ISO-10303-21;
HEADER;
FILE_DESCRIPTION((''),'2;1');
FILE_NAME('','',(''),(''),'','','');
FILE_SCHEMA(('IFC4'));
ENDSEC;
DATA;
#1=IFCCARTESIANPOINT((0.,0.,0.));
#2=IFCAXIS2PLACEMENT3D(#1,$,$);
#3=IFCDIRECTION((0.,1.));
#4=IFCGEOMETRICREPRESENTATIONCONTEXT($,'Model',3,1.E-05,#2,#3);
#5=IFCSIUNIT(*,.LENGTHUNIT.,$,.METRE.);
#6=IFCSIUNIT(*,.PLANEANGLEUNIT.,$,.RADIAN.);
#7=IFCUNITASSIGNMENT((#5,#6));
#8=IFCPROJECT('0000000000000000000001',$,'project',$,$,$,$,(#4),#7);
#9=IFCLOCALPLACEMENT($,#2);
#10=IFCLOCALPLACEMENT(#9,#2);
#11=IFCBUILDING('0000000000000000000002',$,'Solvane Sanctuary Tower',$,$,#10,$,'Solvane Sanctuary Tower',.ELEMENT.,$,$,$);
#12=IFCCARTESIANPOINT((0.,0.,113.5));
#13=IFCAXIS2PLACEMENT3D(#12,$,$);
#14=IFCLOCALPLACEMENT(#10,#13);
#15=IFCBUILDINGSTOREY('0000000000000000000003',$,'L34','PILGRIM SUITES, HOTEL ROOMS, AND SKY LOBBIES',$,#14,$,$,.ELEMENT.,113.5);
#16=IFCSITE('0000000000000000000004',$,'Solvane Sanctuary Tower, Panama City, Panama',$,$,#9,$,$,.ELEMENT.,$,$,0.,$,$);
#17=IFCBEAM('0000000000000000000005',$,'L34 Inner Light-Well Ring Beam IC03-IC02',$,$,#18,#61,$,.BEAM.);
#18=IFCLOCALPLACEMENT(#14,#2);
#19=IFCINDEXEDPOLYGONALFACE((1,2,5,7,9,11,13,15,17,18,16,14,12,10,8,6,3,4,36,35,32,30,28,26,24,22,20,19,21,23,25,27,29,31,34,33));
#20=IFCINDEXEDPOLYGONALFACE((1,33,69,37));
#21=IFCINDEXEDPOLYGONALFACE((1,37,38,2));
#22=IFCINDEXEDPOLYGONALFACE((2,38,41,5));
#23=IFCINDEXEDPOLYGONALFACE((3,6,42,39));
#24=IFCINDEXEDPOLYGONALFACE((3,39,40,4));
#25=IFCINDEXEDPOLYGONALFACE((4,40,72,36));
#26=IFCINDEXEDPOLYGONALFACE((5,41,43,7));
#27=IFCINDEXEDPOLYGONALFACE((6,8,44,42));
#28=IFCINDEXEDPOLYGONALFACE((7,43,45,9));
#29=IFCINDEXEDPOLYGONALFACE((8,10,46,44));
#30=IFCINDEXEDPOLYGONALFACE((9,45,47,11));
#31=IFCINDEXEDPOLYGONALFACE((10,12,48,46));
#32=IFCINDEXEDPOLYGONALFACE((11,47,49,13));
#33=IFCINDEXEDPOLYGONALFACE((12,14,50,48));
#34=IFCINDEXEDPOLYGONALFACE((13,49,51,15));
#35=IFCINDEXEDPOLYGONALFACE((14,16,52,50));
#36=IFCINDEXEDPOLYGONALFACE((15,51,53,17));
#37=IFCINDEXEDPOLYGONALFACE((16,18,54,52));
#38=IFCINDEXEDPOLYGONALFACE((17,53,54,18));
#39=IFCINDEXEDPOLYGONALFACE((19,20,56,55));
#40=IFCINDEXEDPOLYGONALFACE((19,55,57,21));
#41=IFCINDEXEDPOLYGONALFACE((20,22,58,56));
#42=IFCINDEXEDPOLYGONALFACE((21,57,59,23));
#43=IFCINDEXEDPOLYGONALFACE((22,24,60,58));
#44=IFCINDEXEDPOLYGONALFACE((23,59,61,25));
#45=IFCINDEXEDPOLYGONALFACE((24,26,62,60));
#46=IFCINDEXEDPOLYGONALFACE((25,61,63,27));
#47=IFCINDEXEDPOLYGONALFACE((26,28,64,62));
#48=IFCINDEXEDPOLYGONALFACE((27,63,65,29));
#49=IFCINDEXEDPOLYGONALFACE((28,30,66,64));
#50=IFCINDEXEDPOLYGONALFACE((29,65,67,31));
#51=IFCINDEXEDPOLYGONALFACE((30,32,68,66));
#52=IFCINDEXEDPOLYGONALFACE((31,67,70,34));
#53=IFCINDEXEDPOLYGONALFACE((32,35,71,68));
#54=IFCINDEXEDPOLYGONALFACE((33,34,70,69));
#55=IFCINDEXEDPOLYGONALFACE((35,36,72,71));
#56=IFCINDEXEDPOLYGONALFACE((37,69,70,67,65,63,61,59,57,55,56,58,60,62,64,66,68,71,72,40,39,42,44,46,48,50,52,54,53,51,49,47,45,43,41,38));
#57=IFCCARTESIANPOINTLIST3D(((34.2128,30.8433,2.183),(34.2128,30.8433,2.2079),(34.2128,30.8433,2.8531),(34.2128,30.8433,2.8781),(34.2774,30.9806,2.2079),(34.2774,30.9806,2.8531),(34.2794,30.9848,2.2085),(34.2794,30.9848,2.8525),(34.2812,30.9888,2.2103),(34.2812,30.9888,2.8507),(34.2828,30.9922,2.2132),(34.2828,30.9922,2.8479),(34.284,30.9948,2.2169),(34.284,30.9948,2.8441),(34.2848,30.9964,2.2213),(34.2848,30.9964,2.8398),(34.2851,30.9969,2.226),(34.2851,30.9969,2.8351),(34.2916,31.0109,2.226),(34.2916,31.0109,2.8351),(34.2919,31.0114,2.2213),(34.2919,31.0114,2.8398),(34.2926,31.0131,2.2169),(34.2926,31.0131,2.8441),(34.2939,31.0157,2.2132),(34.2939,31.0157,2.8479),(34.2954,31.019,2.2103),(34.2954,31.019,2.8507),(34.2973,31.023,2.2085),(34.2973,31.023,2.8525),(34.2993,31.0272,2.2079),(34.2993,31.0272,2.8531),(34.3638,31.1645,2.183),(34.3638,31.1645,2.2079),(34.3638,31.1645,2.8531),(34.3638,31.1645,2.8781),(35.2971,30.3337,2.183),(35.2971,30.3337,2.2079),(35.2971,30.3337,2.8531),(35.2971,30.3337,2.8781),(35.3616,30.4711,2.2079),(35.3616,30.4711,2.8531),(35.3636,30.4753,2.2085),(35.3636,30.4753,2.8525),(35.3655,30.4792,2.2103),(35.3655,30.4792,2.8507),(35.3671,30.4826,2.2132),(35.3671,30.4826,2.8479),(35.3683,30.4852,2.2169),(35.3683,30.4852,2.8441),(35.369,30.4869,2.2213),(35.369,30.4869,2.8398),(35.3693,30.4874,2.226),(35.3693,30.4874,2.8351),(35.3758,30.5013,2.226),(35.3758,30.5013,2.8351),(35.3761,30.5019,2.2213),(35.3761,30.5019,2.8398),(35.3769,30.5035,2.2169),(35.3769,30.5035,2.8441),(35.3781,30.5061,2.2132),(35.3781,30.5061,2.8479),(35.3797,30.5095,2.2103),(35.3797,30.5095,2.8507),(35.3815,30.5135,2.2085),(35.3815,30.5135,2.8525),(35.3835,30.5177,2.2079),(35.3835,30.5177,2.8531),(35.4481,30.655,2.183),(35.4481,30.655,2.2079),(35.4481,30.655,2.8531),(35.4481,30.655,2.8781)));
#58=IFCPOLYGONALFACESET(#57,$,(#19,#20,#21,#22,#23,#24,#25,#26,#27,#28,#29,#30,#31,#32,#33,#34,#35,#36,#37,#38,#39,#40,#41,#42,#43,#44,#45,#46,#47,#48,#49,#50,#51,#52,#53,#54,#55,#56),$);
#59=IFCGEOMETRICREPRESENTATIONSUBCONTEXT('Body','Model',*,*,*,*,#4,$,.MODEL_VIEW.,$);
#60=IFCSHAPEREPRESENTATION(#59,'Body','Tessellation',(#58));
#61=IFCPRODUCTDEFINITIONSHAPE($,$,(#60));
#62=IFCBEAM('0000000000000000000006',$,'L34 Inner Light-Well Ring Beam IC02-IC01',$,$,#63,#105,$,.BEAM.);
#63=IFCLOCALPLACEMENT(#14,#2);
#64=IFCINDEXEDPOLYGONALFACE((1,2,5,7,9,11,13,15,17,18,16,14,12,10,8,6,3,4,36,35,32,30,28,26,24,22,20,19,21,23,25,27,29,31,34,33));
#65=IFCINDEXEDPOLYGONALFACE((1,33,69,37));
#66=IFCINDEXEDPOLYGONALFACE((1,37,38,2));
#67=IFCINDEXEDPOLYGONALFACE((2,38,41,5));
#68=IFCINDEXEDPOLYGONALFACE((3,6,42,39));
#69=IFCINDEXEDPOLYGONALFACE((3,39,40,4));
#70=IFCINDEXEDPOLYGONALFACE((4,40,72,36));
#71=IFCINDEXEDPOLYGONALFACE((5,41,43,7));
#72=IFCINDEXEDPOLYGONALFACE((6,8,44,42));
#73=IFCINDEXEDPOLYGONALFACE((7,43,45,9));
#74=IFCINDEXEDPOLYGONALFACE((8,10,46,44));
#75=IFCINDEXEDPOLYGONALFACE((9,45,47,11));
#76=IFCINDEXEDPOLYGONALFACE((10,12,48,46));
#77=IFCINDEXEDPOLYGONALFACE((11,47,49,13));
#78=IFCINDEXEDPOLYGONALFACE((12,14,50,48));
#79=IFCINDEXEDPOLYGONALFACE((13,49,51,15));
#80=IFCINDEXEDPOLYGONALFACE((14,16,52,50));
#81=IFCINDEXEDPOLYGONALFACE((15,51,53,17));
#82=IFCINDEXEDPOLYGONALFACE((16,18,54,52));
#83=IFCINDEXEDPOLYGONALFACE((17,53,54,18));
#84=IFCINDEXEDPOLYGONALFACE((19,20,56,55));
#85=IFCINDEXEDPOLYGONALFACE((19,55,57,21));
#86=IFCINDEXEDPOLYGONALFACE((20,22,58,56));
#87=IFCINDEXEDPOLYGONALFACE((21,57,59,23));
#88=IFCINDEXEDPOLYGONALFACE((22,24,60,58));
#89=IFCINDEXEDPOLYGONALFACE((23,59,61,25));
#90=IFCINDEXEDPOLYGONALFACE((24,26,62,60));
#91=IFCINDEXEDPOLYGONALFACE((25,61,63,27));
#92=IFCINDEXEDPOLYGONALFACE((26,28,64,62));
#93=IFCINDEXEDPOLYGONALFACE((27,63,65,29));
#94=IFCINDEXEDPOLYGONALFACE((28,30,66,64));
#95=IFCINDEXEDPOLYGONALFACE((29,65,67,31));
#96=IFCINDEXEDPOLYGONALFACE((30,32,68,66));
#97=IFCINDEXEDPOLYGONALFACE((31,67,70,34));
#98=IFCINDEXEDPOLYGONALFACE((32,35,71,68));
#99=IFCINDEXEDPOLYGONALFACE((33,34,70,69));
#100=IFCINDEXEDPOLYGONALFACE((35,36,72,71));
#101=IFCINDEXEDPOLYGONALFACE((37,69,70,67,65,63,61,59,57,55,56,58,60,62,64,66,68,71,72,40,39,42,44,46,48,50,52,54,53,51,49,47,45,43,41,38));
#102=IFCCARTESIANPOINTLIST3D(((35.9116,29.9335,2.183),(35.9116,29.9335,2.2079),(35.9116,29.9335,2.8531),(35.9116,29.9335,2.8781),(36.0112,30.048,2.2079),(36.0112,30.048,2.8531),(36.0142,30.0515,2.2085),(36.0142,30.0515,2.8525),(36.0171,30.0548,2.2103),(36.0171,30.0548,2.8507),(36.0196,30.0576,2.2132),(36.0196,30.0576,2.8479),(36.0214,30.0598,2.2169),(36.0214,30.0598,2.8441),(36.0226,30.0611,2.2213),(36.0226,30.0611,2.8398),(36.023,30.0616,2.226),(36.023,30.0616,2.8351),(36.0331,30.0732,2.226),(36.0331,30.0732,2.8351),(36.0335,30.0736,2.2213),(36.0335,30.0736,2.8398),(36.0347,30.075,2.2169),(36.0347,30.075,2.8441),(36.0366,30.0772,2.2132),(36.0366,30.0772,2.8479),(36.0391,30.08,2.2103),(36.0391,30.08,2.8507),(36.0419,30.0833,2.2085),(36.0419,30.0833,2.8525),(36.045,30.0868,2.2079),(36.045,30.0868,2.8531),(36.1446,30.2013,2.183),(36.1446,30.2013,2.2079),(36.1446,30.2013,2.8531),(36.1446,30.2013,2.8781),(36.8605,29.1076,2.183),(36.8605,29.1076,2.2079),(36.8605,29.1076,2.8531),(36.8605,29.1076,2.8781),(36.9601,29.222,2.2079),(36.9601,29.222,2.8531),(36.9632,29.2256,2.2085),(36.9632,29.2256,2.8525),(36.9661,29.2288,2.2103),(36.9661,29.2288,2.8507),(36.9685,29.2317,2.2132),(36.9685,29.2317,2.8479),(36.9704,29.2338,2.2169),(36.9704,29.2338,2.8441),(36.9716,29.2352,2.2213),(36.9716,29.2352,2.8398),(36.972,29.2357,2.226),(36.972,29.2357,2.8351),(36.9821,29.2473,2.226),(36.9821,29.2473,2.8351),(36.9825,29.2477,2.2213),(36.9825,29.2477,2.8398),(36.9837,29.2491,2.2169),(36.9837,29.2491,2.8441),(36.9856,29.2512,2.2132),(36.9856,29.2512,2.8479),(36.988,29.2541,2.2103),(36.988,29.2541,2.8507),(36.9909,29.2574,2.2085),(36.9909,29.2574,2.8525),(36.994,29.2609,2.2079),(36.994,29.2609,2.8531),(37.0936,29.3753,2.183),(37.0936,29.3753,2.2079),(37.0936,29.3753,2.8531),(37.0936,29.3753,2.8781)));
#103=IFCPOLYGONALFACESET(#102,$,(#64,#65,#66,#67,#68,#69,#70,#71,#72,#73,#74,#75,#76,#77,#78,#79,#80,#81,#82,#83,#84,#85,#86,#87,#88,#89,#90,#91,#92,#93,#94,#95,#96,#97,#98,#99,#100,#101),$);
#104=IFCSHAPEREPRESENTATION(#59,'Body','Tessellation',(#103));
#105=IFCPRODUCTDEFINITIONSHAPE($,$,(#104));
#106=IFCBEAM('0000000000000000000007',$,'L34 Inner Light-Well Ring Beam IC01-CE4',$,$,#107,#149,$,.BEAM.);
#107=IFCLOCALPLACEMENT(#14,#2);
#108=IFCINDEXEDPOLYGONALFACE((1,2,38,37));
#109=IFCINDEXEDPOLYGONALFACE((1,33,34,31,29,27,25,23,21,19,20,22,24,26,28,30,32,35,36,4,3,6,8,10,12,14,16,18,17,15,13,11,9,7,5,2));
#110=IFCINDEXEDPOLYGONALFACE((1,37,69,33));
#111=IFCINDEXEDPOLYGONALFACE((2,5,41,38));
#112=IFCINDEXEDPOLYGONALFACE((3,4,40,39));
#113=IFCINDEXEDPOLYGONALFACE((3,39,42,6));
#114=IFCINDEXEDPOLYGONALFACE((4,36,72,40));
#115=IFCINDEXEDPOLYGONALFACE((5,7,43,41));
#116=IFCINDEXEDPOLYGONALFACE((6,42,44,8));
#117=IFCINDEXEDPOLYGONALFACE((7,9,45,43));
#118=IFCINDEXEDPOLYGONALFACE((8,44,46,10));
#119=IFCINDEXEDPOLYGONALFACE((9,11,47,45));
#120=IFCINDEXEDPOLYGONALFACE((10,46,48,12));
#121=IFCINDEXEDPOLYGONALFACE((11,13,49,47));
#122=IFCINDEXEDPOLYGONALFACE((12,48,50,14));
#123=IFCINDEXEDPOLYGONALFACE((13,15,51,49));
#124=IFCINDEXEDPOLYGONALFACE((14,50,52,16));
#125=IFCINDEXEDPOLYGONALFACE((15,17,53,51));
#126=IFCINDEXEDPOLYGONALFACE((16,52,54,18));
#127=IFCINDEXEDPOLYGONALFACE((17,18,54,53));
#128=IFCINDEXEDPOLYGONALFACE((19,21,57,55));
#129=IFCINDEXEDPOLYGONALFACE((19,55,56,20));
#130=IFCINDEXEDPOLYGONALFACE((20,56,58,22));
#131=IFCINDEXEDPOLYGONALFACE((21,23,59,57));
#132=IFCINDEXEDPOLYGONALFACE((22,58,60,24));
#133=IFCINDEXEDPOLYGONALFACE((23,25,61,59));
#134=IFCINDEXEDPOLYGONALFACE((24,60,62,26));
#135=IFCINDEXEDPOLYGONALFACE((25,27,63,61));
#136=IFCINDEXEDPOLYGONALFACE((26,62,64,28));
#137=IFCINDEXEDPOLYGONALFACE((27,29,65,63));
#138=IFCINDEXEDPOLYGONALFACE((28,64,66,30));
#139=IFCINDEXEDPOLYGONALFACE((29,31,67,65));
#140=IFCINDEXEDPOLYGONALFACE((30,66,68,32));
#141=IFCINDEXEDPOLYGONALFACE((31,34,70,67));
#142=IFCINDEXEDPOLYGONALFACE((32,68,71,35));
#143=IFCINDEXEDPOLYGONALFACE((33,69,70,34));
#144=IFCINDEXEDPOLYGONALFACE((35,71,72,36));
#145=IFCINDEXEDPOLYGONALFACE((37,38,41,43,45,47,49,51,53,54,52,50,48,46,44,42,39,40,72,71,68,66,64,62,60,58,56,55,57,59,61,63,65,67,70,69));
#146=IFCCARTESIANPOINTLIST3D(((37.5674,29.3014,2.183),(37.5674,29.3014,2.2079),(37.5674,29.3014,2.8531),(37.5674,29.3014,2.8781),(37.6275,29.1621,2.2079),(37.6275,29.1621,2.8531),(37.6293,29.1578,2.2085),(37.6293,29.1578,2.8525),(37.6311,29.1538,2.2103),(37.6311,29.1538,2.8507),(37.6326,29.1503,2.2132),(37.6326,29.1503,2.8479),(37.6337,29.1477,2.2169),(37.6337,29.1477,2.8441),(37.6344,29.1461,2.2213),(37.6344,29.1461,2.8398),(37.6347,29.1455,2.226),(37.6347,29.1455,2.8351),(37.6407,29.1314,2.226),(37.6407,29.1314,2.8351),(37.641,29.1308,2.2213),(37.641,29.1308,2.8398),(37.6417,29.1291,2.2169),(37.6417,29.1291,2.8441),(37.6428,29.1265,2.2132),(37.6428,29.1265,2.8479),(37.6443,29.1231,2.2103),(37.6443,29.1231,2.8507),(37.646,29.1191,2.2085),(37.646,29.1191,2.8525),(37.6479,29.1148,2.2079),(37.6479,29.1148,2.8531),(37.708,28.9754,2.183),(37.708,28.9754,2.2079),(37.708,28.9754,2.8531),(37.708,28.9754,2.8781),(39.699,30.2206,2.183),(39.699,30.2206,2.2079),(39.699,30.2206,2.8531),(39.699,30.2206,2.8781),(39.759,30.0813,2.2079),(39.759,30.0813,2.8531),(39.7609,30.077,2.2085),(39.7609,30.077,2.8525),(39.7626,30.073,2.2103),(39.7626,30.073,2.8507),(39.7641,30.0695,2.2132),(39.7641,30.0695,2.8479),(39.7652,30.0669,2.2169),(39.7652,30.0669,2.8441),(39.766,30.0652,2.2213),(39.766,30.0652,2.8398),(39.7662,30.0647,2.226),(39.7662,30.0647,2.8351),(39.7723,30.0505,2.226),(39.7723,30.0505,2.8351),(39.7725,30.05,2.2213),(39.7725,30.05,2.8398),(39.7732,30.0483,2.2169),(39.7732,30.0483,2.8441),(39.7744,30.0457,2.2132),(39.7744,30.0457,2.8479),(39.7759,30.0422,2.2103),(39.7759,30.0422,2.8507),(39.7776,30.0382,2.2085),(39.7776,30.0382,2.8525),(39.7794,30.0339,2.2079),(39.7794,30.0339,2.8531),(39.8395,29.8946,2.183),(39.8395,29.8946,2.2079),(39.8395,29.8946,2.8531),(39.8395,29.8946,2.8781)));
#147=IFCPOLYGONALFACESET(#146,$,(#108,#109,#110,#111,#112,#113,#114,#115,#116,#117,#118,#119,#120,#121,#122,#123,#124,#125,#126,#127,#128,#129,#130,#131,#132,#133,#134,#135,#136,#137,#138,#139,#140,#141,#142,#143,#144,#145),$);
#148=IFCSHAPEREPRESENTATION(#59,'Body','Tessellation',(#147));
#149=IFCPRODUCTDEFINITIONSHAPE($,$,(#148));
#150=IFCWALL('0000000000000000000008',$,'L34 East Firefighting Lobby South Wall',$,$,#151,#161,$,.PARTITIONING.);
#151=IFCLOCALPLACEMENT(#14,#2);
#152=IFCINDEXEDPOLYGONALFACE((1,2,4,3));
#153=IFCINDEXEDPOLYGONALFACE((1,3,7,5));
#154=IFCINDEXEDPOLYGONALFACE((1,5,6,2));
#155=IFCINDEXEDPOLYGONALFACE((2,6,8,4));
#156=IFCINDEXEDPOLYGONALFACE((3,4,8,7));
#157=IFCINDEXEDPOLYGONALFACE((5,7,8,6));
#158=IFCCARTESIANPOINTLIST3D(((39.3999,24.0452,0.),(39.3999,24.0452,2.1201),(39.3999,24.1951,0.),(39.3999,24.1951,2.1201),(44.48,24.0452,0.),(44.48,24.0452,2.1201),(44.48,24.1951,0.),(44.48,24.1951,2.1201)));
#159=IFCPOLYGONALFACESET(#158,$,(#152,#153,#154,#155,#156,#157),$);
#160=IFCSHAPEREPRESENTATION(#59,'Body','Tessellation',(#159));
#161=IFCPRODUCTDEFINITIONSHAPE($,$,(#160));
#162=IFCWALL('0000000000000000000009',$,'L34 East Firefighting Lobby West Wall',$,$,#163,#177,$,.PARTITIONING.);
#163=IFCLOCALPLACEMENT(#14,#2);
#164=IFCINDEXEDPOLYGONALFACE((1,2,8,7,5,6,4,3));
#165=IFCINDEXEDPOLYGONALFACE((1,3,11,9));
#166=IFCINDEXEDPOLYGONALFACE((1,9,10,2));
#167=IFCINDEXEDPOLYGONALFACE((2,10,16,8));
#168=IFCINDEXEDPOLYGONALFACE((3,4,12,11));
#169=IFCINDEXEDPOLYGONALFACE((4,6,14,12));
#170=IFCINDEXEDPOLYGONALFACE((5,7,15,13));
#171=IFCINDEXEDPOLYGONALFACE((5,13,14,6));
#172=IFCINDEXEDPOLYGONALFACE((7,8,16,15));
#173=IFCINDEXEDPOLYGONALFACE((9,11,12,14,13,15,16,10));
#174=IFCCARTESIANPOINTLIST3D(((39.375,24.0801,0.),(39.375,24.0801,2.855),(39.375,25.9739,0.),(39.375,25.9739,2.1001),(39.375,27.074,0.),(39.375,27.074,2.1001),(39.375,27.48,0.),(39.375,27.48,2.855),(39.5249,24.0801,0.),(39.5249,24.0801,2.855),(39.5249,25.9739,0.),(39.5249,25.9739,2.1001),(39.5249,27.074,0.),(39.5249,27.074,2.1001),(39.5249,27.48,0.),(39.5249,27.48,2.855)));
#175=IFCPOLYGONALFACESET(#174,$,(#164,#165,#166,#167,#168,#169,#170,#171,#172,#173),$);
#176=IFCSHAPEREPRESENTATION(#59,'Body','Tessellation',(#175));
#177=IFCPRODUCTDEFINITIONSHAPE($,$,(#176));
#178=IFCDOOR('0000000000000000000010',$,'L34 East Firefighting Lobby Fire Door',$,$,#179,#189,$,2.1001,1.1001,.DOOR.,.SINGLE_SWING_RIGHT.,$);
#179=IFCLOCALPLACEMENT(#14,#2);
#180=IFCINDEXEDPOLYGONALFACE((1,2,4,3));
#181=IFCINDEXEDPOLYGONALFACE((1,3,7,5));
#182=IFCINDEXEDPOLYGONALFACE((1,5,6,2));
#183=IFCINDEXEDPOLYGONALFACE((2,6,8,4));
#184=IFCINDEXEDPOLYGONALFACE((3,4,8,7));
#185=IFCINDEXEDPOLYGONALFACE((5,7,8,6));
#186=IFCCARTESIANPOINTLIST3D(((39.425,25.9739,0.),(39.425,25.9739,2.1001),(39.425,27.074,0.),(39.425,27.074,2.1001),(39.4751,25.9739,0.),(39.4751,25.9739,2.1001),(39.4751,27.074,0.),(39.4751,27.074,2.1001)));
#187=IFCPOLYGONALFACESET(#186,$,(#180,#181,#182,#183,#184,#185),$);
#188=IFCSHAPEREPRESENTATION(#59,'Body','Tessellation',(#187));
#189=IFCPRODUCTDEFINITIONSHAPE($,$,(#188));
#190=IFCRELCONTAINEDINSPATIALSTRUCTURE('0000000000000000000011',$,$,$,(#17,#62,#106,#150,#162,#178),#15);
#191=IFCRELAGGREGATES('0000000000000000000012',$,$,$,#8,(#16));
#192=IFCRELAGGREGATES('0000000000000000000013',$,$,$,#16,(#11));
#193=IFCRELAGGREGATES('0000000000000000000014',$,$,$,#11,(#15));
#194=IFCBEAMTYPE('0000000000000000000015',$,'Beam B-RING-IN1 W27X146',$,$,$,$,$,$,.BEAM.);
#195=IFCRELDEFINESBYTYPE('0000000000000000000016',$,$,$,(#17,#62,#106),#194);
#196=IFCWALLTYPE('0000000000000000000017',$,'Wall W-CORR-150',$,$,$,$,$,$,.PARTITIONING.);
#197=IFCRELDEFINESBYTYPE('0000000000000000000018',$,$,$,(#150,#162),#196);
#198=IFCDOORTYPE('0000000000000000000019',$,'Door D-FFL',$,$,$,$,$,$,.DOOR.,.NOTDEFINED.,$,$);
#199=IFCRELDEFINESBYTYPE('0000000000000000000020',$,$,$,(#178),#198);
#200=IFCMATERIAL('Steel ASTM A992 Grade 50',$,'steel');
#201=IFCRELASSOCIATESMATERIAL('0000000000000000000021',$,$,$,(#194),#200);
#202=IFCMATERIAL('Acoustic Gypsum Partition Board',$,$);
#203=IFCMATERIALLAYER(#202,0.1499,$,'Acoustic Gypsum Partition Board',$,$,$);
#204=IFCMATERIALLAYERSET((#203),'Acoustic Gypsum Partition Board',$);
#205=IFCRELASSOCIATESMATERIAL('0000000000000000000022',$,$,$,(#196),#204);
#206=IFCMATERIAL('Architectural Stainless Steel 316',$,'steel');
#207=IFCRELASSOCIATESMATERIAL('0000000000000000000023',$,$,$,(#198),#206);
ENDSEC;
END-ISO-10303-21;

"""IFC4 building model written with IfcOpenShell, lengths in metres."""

from ifc_helpers import new_model, si_unit, direction, frame, frame_2d, origin, origin_2d, place, context, subcontext, project, spatial, rectangle, i_section, extrude, material, layer, layer_set, material_profile, profile_set, type_object, element, fill, save


model = new_model("IFC4")

# Units and contexts
model_context = context("Model", 3, precision=1e-05, world=origin(), true_north=direction((0.0, 1.0)))
body_context = subcontext(model_context, "Body", "Model", "MODEL_VIEW")
ifc_project = project(units=[si_unit("LENGTHUNIT", "METRE"), si_unit("PLANEANGLEUNIT", "RADIAN")], contexts=[model_context])

# Site, building, storey
site_placement = place(None, origin())
site = spatial("IfcSite", under=ifc_project, at=site_placement, Name="Solvane Sanctuary Tower, Panama City, Panama", CompositionType="ELEMENT", RefElevation=0.0)
building_placement = place(site_placement, origin())
building = spatial("IfcBuilding", under=site, at=building_placement, Name="Solvane Sanctuary Tower", LongName="Solvane Sanctuary Tower", CompositionType="ELEMENT")
storey_placement = place(building_placement, frame((0.0, 0.0, 113.5)))
storey = spatial("IfcBuildingStorey", under=building, at=storey_placement, Name="L34", Description="PILGRIM SUITES, HOTEL ROOMS, AND SKY LOBBIES", CompositionType="ELEMENT", Elevation=113.5)

# Beams
ifc_material_1 = material(Name="Steel ASTM A992 Grade 50", Category="steel")
ifc_material_profile_1 = material_profile(ifc_material_1, i_section(OverallWidth=0.355, OverallDepth=0.6951, WebThickness=0.0154, FlangeThickness=0.0249, FilletRadius=0.0181, at=origin_2d()), Name="W27X146")
ifc_profile_set_1 = profile_set([ifc_material_profile_1], Name="Steel ASTM A992 Grade 50")
beam_type_1 = type_object("IfcBeamType", Name="Beam B-RING-IN1 W27X146", PredefinedType="BEAM", material=ifc_profile_set_1)
beam_1_placement = place(storey_placement, frame((34.2883, 31.0039, 2.5305), z_axis=(0.905045, -0.425316, 0.0), x_axis=(0.425316, 0.905045, 0.0)))
element("IfcBeam", 1, at=beam_1_placement, inside=storey, type_object=beam_type_1, Name="L34 Inner Light-Well Ring Beam IC03-IC02", PredefinedType="BEAM", context=body_context, shape_type="SweptSolid", body=[
    extrude(i_section(OverallWidth=0.355, OverallDepth=0.6951, WebThickness=0.0154, FlangeThickness=0.0249, FilletRadius=0.0181, at=origin_2d()), origin(), (0.0, 0.0, 1.0), 1.198),
])
beam_2_placement = place(storey_placement, frame((36.0281, 30.0674, 2.5305), z_axis=(0.754317, -0.65651, 0.0), x_axis=(0.65651, 0.754317, 0.0)))
element("IfcBeam", 2, at=beam_2_placement, inside=storey, type_object=beam_type_1, Name="L34 Inner Light-Well Ring Beam IC02-IC01", PredefinedType="BEAM", context=body_context, shape_type="SweptSolid", body=[
    extrude(i_section(OverallWidth=0.355, OverallDepth=0.6951, WebThickness=0.0154, FlangeThickness=0.0249, FilletRadius=0.0181, at=origin_2d()), origin(), (0.0, 0.0, 1.0), 1.2581),
])
beam_3_placement = place(storey_placement, frame((37.6377, 29.1384, 2.5305), z_axis=(0.918261, 0.395975, 0.0), x_axis=(-0.395975, 0.918261, 0.0)))
element("IfcBeam", 3, at=beam_3_placement, inside=storey, type_object=beam_type_1, Name="L34 Inner Light-Well Ring Beam IC01-CE4", PredefinedType="BEAM", context=body_context, shape_type="SweptSolid", body=[
    extrude(i_section(OverallWidth=0.355, OverallDepth=0.6951, WebThickness=0.0154, FlangeThickness=0.0249, FilletRadius=0.0181, at=origin_2d()), origin(), (0.0, 0.0, 1.0), 2.3213),
])

# Wall
ifc_material_2 = material(Name="Acoustic Gypsum Partition Board")
ifc_layer_1 = layer(ifc_material_2, 0.1499, Name="Acoustic Gypsum Partition Board")
ifc_layer_set_1 = layer_set([ifc_layer_1], Name="Acoustic Gypsum Partition Board")
wall_type_1 = type_object("IfcWallType", Name="Wall W-CORR-150", PredefinedType="PARTITIONING", material=ifc_layer_set_1)
wall_1_placement = place(storey_placement, frame((39.3999, 24.1201, 0.0), z_axis=(0.0, 0.0, 1.0), x_axis=(1.0, 0.0, 0.0)))
element("IfcWall", 4, at=wall_1_placement, inside=storey, type_object=wall_type_1, Name="L34 East Firefighting Lobby South Wall", PredefinedType="PARTITIONING", context=body_context, shape_type="SweptSolid", body=[
    extrude(rectangle(XDim=5.0801, YDim=0.1499, at=frame_2d((2.54, 0.0))), origin(), (0.0, 0.0, 1.0), 2.1201),
])

# Wall, opening, door
wall_2_placement = place(storey_placement, frame((39.45, 24.0801, 0.0), z_axis=(0.0, 0.0, 1.0), x_axis=(0.0, 1.0, 0.0)))
wall_2 = element("IfcWall", 5, at=wall_2_placement, inside=storey, type_object=wall_type_1, Name="L34 East Firefighting Lobby West Wall", PredefinedType="PARTITIONING", context=body_context, shape_type="SweptSolid", body=[
    extrude(rectangle(XDim=3.3999, YDim=0.1499, at=frame_2d((1.7, 0.0))), origin(), (0.0, 0.0, 1.0), 2.855),
])
opening_1_placement = place(wall_2_placement, frame((1.8938, 0.0, 0.0)))
opening_1 = element("IfcOpeningElement", 6, at=opening_1_placement, cuts=wall_2, PredefinedType="OPENING", context=body_context, shape_type="SweptSolid", body=[
    extrude(rectangle(XDim=1.1001, YDim=2.1001, at=frame_2d((0.55, 1.05))), frame((0.0, 0.085, 0.0), z_axis=(0.0, -1.0, 0.0), x_axis=(1.0, 0.0, 0.0)), (0.0, 0.0, 1.0), 0.1699),
])
ifc_material_3 = material(Name="Architectural Stainless Steel 316", Category="steel")
door_type = type_object("IfcDoorType", Name="Door D-FFL", OperationType="NOTDEFINED", PredefinedType="DOOR", material=ifc_material_3)
door_placement = place(opening_1_placement, origin())
door = element("IfcDoor", 7, at=door_placement, inside=storey, type_object=door_type, Name="L34 East Firefighting Lobby Fire Door", OperationType="SINGLE_SWING_RIGHT", OverallHeight=2.1001, OverallWidth=1.1001, PredefinedType="DOOR", context=body_context, shape_type="SweptSolid", body=[
    extrude(rectangle(XDim=1.1001, YDim=2.1001, at=frame_2d((0.55, 1.05))), frame((0.0, 0.0249, 0.0), z_axis=(0.0, -1.0, 0.0), x_axis=(1.0, 0.0, 0.0)), (0.0, 0.0, 1.0), 0.05),
])
fill(opening_1, door)

save(model, "model.ifc")
